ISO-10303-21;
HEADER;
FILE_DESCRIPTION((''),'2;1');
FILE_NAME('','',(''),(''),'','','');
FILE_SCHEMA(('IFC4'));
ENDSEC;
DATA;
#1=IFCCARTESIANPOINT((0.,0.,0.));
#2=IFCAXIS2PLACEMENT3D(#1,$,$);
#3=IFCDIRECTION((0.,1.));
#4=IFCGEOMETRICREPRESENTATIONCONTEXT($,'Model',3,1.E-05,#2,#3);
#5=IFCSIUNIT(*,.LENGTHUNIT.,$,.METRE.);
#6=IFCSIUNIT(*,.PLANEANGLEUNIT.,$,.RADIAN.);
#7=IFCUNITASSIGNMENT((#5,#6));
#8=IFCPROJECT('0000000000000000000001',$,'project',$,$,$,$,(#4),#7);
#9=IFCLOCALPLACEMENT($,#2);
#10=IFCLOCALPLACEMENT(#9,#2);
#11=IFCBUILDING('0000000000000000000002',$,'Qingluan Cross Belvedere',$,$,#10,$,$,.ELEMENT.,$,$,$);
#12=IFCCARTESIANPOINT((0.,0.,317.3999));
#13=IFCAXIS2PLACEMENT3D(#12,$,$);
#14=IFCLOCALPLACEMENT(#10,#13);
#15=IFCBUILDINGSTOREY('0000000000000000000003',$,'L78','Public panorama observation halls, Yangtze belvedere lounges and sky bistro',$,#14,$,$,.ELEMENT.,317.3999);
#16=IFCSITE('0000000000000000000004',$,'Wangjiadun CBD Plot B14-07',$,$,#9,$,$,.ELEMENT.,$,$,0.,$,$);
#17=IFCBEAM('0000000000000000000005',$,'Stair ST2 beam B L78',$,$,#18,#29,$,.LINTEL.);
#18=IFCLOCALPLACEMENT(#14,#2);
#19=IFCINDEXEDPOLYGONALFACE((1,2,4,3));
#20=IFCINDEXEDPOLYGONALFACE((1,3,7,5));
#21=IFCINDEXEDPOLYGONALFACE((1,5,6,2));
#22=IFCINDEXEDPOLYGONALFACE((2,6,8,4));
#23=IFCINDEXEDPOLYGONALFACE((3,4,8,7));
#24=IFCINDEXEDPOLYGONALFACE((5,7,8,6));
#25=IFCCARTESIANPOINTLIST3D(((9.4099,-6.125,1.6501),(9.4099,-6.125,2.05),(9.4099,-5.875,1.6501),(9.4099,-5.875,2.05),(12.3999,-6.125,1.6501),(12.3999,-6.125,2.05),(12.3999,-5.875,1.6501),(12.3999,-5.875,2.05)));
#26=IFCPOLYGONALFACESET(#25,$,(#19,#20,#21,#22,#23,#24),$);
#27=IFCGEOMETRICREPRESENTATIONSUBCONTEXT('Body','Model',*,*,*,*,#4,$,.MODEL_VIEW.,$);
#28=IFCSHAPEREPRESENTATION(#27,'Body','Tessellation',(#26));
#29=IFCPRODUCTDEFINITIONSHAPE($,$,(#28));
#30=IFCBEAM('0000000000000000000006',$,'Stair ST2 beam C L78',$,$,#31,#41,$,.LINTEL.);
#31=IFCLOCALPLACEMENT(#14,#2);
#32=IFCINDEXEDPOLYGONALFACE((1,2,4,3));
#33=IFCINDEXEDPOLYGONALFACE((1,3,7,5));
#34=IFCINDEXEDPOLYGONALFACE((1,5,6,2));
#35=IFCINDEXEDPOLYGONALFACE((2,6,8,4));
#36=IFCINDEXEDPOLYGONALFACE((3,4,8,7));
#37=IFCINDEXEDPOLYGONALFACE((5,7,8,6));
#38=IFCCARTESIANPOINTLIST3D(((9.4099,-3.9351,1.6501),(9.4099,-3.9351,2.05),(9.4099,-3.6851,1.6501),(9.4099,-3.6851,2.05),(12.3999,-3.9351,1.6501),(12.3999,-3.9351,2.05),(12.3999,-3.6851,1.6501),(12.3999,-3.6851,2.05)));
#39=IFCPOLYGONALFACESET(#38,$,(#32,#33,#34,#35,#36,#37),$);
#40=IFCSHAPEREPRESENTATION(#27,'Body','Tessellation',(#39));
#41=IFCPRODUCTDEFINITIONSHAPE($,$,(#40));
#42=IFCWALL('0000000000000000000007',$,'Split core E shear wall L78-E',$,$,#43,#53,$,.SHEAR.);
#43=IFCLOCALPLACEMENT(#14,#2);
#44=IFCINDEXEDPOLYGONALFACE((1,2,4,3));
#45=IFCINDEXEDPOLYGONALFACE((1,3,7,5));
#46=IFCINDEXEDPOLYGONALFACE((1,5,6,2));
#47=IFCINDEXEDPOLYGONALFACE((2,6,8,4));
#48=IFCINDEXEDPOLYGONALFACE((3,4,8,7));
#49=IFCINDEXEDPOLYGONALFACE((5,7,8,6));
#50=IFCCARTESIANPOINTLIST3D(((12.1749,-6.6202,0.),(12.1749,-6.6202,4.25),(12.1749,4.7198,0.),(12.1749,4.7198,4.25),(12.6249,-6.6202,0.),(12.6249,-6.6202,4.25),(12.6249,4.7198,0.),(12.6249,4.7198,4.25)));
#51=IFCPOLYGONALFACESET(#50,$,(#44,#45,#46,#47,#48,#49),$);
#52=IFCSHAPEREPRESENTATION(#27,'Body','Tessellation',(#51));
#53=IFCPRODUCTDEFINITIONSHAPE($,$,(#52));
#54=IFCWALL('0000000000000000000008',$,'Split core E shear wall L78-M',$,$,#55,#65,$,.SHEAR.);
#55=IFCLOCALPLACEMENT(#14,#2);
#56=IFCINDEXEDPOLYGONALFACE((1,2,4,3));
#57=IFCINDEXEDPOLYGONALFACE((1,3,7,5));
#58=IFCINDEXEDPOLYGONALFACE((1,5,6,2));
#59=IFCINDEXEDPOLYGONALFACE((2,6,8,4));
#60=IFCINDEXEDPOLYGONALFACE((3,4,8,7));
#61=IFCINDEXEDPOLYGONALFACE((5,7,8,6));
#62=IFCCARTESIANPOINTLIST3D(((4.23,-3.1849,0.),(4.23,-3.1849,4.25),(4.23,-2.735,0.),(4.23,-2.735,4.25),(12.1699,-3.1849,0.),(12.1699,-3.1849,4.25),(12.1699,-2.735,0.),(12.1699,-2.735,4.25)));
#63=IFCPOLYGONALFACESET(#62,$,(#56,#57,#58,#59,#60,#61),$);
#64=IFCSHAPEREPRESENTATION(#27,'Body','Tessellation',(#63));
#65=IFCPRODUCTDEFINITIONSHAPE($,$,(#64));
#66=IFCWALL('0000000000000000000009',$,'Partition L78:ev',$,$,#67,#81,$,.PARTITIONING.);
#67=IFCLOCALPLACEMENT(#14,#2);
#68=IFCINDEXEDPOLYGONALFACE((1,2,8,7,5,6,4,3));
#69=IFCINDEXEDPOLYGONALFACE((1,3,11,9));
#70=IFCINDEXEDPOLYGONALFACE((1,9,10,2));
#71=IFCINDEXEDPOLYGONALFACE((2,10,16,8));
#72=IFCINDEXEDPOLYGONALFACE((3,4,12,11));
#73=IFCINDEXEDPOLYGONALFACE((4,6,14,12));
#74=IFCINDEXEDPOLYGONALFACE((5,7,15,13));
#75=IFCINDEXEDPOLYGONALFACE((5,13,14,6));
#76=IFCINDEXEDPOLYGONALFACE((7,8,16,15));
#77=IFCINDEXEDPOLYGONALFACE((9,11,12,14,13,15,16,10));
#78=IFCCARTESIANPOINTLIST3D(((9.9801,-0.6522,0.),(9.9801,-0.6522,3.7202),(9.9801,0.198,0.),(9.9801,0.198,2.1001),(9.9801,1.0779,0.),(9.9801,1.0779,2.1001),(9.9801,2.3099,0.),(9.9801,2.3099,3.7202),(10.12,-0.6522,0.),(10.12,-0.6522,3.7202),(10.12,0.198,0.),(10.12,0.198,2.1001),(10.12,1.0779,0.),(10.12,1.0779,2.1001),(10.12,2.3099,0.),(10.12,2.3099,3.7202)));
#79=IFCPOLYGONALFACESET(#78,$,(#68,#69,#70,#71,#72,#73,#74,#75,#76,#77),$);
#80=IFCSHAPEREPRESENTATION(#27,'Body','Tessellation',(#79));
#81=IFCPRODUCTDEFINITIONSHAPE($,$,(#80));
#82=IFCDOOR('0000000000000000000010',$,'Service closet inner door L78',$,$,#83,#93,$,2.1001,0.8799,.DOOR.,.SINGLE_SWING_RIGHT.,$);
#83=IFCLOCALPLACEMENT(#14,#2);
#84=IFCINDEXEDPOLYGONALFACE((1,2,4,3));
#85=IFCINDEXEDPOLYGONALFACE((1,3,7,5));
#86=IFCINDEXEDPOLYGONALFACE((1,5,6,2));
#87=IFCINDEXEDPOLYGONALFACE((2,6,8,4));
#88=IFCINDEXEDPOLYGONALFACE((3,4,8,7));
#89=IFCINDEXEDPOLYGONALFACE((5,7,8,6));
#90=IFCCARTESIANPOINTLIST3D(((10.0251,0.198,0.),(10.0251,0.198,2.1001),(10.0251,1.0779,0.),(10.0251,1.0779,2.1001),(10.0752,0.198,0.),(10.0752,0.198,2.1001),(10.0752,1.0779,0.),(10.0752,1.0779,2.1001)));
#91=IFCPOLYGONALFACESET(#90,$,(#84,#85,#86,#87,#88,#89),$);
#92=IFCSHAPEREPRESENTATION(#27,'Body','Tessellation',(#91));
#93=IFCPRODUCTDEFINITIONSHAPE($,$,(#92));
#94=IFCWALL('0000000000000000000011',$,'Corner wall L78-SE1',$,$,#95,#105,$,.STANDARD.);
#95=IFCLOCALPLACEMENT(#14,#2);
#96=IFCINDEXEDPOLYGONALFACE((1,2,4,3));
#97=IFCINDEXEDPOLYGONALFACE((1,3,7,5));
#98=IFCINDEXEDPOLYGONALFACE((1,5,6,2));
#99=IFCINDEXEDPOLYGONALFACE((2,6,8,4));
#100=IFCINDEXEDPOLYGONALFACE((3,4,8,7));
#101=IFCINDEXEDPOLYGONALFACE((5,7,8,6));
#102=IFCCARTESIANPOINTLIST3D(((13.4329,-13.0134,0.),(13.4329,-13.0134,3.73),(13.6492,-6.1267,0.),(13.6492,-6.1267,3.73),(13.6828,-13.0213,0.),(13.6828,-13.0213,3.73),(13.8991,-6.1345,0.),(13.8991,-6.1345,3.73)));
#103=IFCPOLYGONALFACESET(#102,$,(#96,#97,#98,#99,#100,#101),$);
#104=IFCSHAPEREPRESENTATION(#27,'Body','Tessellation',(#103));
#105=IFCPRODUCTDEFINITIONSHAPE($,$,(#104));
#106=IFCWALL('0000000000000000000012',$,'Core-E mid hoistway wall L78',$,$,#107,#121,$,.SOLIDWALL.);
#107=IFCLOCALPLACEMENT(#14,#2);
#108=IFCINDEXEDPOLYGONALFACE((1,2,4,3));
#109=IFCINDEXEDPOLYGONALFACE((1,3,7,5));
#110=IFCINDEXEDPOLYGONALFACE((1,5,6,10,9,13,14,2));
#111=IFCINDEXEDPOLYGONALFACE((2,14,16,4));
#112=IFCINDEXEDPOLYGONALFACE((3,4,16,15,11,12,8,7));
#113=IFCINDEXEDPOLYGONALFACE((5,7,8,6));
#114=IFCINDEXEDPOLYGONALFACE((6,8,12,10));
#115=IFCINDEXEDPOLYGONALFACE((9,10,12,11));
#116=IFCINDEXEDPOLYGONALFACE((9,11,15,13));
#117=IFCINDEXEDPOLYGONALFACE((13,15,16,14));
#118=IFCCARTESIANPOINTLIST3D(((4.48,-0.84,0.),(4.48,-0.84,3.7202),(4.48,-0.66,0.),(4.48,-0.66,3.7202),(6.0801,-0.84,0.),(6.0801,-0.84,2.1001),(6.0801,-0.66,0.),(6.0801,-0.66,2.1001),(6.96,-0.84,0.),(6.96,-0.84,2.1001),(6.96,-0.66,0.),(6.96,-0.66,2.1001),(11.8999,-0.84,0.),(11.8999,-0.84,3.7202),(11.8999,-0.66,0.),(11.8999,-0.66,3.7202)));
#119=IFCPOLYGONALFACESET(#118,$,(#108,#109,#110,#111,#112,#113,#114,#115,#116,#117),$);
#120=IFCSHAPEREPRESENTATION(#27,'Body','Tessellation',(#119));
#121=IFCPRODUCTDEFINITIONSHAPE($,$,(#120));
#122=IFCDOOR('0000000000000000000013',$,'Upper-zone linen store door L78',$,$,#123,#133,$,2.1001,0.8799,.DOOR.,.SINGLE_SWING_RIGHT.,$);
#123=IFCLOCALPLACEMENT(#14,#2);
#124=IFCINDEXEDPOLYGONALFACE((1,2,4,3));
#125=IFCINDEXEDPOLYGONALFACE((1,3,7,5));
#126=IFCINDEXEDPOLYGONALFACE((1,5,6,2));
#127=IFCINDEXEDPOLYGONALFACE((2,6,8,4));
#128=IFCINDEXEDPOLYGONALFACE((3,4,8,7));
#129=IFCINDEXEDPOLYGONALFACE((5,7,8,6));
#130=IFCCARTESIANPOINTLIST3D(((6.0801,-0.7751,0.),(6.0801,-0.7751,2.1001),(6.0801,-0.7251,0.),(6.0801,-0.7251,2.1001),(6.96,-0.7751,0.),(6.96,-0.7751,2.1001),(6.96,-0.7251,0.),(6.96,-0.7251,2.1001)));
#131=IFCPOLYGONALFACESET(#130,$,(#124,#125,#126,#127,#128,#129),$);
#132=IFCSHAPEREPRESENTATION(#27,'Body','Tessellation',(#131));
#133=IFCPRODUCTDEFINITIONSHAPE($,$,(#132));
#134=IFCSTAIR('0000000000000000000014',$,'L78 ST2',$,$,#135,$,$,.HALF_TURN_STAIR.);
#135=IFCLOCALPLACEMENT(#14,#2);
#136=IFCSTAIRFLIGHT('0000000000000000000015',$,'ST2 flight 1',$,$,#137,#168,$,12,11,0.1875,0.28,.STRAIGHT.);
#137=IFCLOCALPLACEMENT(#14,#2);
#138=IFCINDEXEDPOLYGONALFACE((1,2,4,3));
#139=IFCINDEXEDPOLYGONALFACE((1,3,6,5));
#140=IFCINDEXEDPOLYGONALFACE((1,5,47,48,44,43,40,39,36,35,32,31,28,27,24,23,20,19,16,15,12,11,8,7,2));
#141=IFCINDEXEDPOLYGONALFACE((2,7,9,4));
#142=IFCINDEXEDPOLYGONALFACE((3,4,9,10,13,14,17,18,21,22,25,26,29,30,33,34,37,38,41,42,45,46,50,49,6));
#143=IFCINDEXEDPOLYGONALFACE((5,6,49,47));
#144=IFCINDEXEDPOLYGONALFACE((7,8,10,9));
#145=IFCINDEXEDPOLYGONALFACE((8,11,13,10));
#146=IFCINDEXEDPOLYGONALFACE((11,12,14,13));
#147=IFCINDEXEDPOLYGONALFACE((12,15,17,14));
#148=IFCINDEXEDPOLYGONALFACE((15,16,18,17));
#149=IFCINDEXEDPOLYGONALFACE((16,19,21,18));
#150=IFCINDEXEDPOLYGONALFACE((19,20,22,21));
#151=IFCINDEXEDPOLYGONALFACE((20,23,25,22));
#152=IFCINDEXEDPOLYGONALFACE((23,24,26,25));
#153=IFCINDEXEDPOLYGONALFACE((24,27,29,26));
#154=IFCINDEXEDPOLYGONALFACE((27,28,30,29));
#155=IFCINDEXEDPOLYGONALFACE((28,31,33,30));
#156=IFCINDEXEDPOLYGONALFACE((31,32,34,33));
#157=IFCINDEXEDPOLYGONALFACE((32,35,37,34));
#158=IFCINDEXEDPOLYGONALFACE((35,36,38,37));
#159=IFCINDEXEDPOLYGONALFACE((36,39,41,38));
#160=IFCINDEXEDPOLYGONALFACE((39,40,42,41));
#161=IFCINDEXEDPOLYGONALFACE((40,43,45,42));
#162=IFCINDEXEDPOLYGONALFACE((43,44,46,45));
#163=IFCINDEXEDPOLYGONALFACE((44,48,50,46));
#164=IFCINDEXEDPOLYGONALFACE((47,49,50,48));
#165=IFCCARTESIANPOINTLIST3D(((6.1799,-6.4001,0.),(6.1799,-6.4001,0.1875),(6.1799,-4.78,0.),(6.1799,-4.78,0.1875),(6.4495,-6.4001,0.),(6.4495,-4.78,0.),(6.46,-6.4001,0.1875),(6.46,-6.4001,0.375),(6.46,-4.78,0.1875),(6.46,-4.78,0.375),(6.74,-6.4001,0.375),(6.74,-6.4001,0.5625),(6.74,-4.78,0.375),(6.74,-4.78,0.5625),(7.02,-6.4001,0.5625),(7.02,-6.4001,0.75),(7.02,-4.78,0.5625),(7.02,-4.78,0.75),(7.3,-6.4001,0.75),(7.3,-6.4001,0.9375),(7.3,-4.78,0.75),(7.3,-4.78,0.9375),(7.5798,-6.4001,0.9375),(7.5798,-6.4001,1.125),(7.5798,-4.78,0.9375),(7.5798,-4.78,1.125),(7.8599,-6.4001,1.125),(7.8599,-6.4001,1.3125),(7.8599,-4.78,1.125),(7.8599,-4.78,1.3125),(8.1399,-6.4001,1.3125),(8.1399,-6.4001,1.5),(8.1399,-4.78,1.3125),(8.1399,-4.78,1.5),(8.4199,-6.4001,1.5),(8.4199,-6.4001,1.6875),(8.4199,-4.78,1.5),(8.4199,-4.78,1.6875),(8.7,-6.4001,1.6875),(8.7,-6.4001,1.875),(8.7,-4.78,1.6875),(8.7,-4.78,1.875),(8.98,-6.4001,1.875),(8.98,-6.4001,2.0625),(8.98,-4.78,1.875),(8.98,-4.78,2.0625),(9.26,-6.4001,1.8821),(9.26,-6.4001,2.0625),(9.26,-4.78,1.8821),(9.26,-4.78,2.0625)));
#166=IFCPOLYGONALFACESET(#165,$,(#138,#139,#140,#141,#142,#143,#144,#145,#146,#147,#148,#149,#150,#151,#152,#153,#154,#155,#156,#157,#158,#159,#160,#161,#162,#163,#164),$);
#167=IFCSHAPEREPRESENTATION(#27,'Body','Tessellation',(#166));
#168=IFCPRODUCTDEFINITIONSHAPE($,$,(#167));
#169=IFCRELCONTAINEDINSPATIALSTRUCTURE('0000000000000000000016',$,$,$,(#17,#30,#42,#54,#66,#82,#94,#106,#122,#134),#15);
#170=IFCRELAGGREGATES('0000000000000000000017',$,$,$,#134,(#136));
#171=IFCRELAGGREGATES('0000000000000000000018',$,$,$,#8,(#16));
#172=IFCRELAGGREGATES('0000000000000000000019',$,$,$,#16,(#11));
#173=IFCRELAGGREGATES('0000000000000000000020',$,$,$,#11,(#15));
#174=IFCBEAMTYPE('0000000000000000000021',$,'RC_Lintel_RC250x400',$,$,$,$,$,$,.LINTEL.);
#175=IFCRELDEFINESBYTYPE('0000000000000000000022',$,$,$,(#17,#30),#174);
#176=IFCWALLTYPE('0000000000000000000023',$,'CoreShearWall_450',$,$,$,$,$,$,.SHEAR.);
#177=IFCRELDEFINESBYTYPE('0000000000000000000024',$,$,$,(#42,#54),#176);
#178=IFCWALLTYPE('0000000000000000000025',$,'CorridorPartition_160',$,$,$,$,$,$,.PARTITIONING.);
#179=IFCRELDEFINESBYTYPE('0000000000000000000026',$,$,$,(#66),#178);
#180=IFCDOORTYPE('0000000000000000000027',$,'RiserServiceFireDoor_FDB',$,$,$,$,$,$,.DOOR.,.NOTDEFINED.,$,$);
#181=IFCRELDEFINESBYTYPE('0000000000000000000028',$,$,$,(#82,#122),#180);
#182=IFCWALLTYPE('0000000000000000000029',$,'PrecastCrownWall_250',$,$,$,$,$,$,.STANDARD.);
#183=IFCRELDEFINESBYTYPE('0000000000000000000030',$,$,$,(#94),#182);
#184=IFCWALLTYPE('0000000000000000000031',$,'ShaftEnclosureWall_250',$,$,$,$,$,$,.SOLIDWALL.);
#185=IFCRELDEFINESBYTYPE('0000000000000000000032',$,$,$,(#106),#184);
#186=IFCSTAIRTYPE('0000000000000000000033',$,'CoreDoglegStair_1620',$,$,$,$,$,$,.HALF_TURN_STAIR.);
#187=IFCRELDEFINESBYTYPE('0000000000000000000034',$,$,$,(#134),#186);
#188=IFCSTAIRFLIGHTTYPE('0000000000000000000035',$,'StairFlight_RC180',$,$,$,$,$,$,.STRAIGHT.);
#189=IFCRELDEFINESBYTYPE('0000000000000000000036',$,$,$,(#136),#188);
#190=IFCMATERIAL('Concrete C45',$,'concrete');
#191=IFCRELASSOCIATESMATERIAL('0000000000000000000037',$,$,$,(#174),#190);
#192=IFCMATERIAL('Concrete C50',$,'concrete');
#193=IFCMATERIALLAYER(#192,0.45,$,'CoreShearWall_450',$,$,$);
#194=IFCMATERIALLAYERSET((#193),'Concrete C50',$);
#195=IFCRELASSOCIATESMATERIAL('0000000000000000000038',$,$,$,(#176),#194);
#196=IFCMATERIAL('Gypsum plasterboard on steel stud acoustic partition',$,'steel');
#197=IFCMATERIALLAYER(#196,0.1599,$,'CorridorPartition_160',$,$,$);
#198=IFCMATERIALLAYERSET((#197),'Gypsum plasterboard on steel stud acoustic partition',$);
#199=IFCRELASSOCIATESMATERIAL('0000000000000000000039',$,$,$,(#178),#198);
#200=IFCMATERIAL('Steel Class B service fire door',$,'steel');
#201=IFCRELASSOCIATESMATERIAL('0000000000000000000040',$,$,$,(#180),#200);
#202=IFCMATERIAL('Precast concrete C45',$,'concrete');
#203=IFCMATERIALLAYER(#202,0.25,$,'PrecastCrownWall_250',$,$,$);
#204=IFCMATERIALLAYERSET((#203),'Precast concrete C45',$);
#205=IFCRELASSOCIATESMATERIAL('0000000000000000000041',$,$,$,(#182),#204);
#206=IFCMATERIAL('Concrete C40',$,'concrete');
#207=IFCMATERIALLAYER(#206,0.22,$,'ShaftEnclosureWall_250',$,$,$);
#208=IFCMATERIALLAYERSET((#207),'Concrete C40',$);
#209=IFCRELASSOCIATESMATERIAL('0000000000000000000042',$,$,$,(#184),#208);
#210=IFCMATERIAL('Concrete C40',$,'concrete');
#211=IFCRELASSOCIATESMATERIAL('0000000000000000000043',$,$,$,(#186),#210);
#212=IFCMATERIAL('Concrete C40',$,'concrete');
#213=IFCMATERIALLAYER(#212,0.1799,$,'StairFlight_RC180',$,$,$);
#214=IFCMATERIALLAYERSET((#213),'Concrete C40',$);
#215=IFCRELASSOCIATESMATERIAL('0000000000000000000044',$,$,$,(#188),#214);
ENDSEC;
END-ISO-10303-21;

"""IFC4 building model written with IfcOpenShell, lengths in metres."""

from ifc_helpers import new_model, si_unit, direction, frame, frame_2d, origin, origin_2d, place, context, subcontext, project, spatial, polyline, rectangle, outline, extrude, material, layer, layer_set, material_profile, profile_set, type_object, element, fill, aggregate, save


model = new_model("IFC4")

# Units and contexts
model_context = context("Model", 3, precision=1e-05, world=origin(), true_north=direction((0.0, 1.0)))
body_context = subcontext(model_context, "Body", "Model", "MODEL_VIEW")
ifc_project = project(units=[si_unit("LENGTHUNIT", "METRE"), si_unit("PLANEANGLEUNIT", "RADIAN")], contexts=[model_context])

# Site, building, storey
site_placement = place(None, origin())
site = spatial("IfcSite", under=ifc_project, at=site_placement, Name="Wangjiadun CBD Plot B14-07", CompositionType="ELEMENT", RefElevation=0.0)
building_placement = place(site_placement, origin())
building = spatial("IfcBuilding", under=site, at=building_placement, Name="Qingluan Cross Belvedere", CompositionType="ELEMENT")
storey_placement = place(building_placement, frame((0.0, 0.0, 317.3999)))
storey = spatial("IfcBuildingStorey", under=building, at=storey_placement, Name="L78", Description="Public panorama observation halls, Yangtze belvedere lounges and sky bistro", CompositionType="ELEMENT", Elevation=317.3999)

# Beams
ifc_material_1 = material(Name="Concrete C45", Category="concrete")
ifc_material_profile = material_profile(ifc_material_1, rectangle(XDim=0.25, YDim=0.3999, at=origin_2d()), Name="RC250x400")
ifc_profile_set = profile_set([ifc_material_profile], Name="Concrete C45")
beam_type = type_object("IfcBeamType", Name="RC_Lintel_RC250x400", PredefinedType="LINTEL", material=ifc_profile_set)
for number, where, z_axis, x_axis, name in (
    (1, (12.3999, -6.0, 1.8501), (-1.0, 0.0, 0.0), (0.0, -1.0, 0.0), "Stair ST2 beam B L78"),
    (2, (12.3999, -3.8101, 1.8501), (-1.0, 0.0, 0.0), (0.0, -1.0, 0.0), "Stair ST2 beam C L78"),
):
    element("IfcBeam", number, at=place(storey_placement, frame(where, z_axis=z_axis, x_axis=x_axis)), inside=storey, type_object=beam_type, Name=name, PredefinedType="LINTEL", context=body_context, shape_type="SweptSolid", body=[
        extrude(rectangle(XDim=0.25, YDim=0.3999, at=origin_2d()), origin(), (0.0, 0.0, 1.0), 2.99),
    ])

# Shared definitions
ifc_material_2 = material(Name="Concrete C50", Category="concrete")
ifc_layer_1 = layer(ifc_material_2, 0.45, Name="CoreShearWall_450")
ifc_layer_set_1 = layer_set([ifc_layer_1], Name="Concrete C50")
wall_type_1 = type_object("IfcWallType", Name="CoreShearWall_450", PredefinedType="SHEAR", material=ifc_layer_set_1)

# Walls
wall_1_placement = place(storey_placement, frame((12.3999, -6.6201, 0.0), z_axis=(0.0, 0.0, 1.0), x_axis=(0.0, 1.0, 0.0)))
element("IfcWall", 3, at=wall_1_placement, inside=storey, type_object=wall_type_1, Name="Split core E shear wall L78-E", PredefinedType="SHEAR", context=body_context, shape_type="SweptSolid", body=[
    extrude(rectangle(XDim=11.3401, YDim=0.45, at=frame_2d((5.6699, 0.0))), origin(), (0.0, 0.0, 1.0), 4.25),
])
wall_2_placement = place(storey_placement, frame((4.23, -2.96, 0.0), z_axis=(0.0, 0.0, 1.0), x_axis=(1.0, 0.0, 0.0)))
element("IfcWall", 4, at=wall_2_placement, inside=storey, type_object=wall_type_1, Name="Split core E shear wall L78-M", PredefinedType="SHEAR", context=body_context, shape_type="SweptSolid", body=[
    extrude(rectangle(XDim=7.9399, YDim=0.45, at=frame_2d((3.97, 0.0))), origin(), (0.0, 0.0, 1.0), 4.25),
])

# Wall, opening, door
ifc_material_3 = material(Name="Gypsum plasterboard on steel stud acoustic partition", Category="steel")
ifc_layer_2 = layer(ifc_material_3, 0.1599, Name="CorridorPartition_160")
ifc_layer_set_2 = layer_set([ifc_layer_2], Name="Gypsum plasterboard on steel stud acoustic partition")
wall_type_2 = type_object("IfcWallType", Name="CorridorPartition_160", PredefinedType="PARTITIONING", material=ifc_layer_set_2)
wall_3_placement = place(storey_placement, frame((10.05, -0.6521, 0.0), z_axis=(0.0, 0.0, 1.0), x_axis=(0.0, 1.0, 0.0)))
wall_3 = element("IfcWall", 5, at=wall_3_placement, inside=storey, type_object=wall_type_2, Name="Partition L78:ev", PredefinedType="PARTITIONING", context=body_context, shape_type="SweptSolid", body=[
    extrude(rectangle(XDim=2.9622, YDim=0.1399, at=frame_2d((1.481, 0.0))), origin(), (0.0, 0.0, 1.0), 3.7202),
])
opening_1_placement = place(wall_3_placement, frame((0.8501, 0.0, 0.0)))
opening_1 = element("IfcOpeningElement", 6, at=opening_1_placement, cuts=wall_3, PredefinedType="OPENING", context=body_context, shape_type="SweptSolid", body=[
    extrude(rectangle(XDim=0.8799, YDim=2.1001, at=frame_2d((0.4399, 1.05))), frame((0.0, 0.0798, 0.0), z_axis=(0.0, -1.0, 0.0), x_axis=(1.0, 0.0, 0.0)), (0.0, 0.0, 1.0), 0.1599),
])
ifc_material_4 = material(Name="Steel Class B service fire door", Category="steel")
door_type_1 = type_object("IfcDoorType", Name="RiserServiceFireDoor_FDB", OperationType="NOTDEFINED", PredefinedType="DOOR", material=ifc_material_4)
door_1_placement = place(opening_1_placement, origin())
door_1 = element("IfcDoor", 7, at=door_1_placement, inside=storey, type_object=door_type_1, Name="Service closet inner door L78", OperationType="SINGLE_SWING_RIGHT", OverallHeight=2.1001, OverallWidth=0.8799, PredefinedType="DOOR", context=body_context, shape_type="SweptSolid", body=[
    extrude(rectangle(XDim=0.8799, YDim=2.1001, at=frame_2d((0.4399, 1.05))), frame((0.0, 0.0249, 0.0), z_axis=(0.0, -1.0, 0.0), x_axis=(1.0, 0.0, 0.0)), (0.0, 0.0, 1.0), 0.05),
])
fill(opening_1, door_1)

# Wall
ifc_material_5 = material(Name="Precast concrete C45", Category="concrete")
ifc_layer_3 = layer(ifc_material_5, 0.25, Name="PrecastCrownWall_250")
ifc_layer_set_3 = layer_set([ifc_layer_3], Name="Precast concrete C45")
wall_type_3 = type_object("IfcWallType", Name="PrecastCrownWall_250", PredefinedType="STANDARD", material=ifc_layer_set_3)
wall_4_placement = place(storey_placement, frame((13.7742, -6.1306, 0.0), z_axis=(0.0, 0.0, 1.0), x_axis=(-0.031394, -0.999507, 0.0)))
element("IfcWall", 8, at=wall_4_placement, inside=storey, type_object=wall_type_3, Name="Corner wall L78-SE1", PredefinedType="STANDARD", context=body_context, shape_type="SweptSolid", body=[
    extrude(rectangle(XDim=6.8901, YDim=0.25, at=frame_2d((3.4451, 0.0))), origin(), (0.0, 0.0, 1.0), 3.73),
])

# Wall, opening, door
ifc_material_6 = material(Name="Concrete C40", Category="concrete")
ifc_layer_4 = layer(ifc_material_6, 0.22, Name="ShaftEnclosureWall_250")
ifc_layer_set_4 = layer_set([ifc_layer_4], Name="Concrete C40")
wall_type_4 = type_object("IfcWallType", Name="ShaftEnclosureWall_250", PredefinedType="SOLIDWALL", material=ifc_layer_set_4)
wall_5_placement = place(storey_placement, frame((4.48, -0.75, 0.0), z_axis=(0.0, 0.0, 1.0), x_axis=(1.0, 0.0, 0.0)))
wall_5 = element("IfcWall", 9, at=wall_5_placement, inside=storey, type_object=wall_type_4, Name="Core-E mid hoistway wall L78", PredefinedType="SOLIDWALL", context=body_context, shape_type="SweptSolid", body=[
    extrude(rectangle(XDim=7.4199, YDim=0.1799, at=frame_2d((3.71, 0.0))), origin(), (0.0, 0.0, 1.0), 3.7202),
])
opening_2_placement = place(wall_5_placement, frame((1.6001, 0.0, 0.0)))
opening_2 = element("IfcOpeningElement", 10, at=opening_2_placement, cuts=wall_5, PredefinedType="OPENING", context=body_context, shape_type="SweptSolid", body=[
    extrude(rectangle(XDim=0.8799, YDim=2.1001, at=frame_2d((0.4399, 1.05))), frame((0.0, 0.0999, 0.0), z_axis=(0.0, -1.0, 0.0), x_axis=(1.0, 0.0, 0.0)), (0.0, 0.0, 1.0), 0.2),
])
door_2_placement = place(opening_2_placement, origin())
door_2 = element("IfcDoor", 11, at=door_2_placement, inside=storey, type_object=door_type_1, Name="Upper-zone linen store door L78", OperationType="SINGLE_SWING_RIGHT", OverallHeight=2.1001, OverallWidth=0.8799, PredefinedType="DOOR", context=body_context, shape_type="SweptSolid", body=[
    extrude(rectangle(XDim=0.8799, YDim=2.1001, at=frame_2d((0.4399, 1.05))), frame((0.0, 0.0249, 0.0), z_axis=(0.0, -1.0, 0.0), x_axis=(1.0, 0.0, 0.0)), (0.0, 0.0, 1.0), 0.05),
])
fill(opening_2, door_2)

# Stair, stair flight
ifc_material_7 = material(Name="Concrete C40", Category="concrete")
stair_type = type_object("IfcStairType", Name="CoreDoglegStair_1620", PredefinedType="HALF_TURN_STAIR", material=ifc_material_7)
stair_placement = place(storey_placement, origin())
stair = element("IfcStair", 12, at=stair_placement, inside=storey, type_object=stair_type, Name="L78 ST2", PredefinedType="HALF_TURN_STAIR")
ifc_material_8 = material(Name="Concrete C40", Category="concrete")
ifc_layer_5 = layer(ifc_material_8, 0.1799, Name="StairFlight_RC180")
ifc_layer_set_5 = layer_set([ifc_layer_5], Name="Concrete C40")
stair_flight_type = type_object("IfcStairFlightType", Name="StairFlight_RC180", PredefinedType="STRAIGHT", material=ifc_layer_set_5)
stair_flight_1_placement = place(storey_placement, frame((6.1799, -5.5901, 0.0), z_axis=(0.0, 0.0, 1.0), x_axis=(1.0, 0.0, 0.0)))
stair_flight_1 = element("IfcStairFlight", 13, at=stair_flight_1_placement, type_object=stair_flight_type, Name="ST2 flight 1", NumberOfRisers=12, NumberOfTreads=11, PredefinedType="STRAIGHT", RiserHeight=0.1875, TreadLength=0.28, context=body_context, shape_type="SweptSolid", body=[
    extrude(outline(polyline([(0.0, 0.0), (0.0, 0.1875), (0.28, 0.1875), (0.28, 0.375), (0.5601, 0.375), (0.5601, 0.5625), (0.8401, 0.5625), (0.8401, 0.75), (1.1201, 0.75), (1.1201, 0.9375), (1.3999, 0.9375), (1.3999, 1.125), (1.6799, 1.125), (1.6799, 1.3125), (1.96, 1.3125), (1.96, 1.5), (2.24, 1.5), (2.24, 1.6875), (2.52, 1.6875), (2.52, 1.875), (2.8, 1.875), (2.8, 2.0625), (3.0801, 2.0625), (3.0801, 2.25), (3.0801, 1.8821), (0.2695, 0.0), (0.0, 0.0)])), frame((0.0, 0.8101, 0.0), z_axis=(0.0, -1.0, 0.0), x_axis=(1.0, 0.0, 0.0)), (0.0, 0.0, 1.0), 1.6201),
])
aggregate(stair, [stair_flight_1])

save(model, "model.ifc")
